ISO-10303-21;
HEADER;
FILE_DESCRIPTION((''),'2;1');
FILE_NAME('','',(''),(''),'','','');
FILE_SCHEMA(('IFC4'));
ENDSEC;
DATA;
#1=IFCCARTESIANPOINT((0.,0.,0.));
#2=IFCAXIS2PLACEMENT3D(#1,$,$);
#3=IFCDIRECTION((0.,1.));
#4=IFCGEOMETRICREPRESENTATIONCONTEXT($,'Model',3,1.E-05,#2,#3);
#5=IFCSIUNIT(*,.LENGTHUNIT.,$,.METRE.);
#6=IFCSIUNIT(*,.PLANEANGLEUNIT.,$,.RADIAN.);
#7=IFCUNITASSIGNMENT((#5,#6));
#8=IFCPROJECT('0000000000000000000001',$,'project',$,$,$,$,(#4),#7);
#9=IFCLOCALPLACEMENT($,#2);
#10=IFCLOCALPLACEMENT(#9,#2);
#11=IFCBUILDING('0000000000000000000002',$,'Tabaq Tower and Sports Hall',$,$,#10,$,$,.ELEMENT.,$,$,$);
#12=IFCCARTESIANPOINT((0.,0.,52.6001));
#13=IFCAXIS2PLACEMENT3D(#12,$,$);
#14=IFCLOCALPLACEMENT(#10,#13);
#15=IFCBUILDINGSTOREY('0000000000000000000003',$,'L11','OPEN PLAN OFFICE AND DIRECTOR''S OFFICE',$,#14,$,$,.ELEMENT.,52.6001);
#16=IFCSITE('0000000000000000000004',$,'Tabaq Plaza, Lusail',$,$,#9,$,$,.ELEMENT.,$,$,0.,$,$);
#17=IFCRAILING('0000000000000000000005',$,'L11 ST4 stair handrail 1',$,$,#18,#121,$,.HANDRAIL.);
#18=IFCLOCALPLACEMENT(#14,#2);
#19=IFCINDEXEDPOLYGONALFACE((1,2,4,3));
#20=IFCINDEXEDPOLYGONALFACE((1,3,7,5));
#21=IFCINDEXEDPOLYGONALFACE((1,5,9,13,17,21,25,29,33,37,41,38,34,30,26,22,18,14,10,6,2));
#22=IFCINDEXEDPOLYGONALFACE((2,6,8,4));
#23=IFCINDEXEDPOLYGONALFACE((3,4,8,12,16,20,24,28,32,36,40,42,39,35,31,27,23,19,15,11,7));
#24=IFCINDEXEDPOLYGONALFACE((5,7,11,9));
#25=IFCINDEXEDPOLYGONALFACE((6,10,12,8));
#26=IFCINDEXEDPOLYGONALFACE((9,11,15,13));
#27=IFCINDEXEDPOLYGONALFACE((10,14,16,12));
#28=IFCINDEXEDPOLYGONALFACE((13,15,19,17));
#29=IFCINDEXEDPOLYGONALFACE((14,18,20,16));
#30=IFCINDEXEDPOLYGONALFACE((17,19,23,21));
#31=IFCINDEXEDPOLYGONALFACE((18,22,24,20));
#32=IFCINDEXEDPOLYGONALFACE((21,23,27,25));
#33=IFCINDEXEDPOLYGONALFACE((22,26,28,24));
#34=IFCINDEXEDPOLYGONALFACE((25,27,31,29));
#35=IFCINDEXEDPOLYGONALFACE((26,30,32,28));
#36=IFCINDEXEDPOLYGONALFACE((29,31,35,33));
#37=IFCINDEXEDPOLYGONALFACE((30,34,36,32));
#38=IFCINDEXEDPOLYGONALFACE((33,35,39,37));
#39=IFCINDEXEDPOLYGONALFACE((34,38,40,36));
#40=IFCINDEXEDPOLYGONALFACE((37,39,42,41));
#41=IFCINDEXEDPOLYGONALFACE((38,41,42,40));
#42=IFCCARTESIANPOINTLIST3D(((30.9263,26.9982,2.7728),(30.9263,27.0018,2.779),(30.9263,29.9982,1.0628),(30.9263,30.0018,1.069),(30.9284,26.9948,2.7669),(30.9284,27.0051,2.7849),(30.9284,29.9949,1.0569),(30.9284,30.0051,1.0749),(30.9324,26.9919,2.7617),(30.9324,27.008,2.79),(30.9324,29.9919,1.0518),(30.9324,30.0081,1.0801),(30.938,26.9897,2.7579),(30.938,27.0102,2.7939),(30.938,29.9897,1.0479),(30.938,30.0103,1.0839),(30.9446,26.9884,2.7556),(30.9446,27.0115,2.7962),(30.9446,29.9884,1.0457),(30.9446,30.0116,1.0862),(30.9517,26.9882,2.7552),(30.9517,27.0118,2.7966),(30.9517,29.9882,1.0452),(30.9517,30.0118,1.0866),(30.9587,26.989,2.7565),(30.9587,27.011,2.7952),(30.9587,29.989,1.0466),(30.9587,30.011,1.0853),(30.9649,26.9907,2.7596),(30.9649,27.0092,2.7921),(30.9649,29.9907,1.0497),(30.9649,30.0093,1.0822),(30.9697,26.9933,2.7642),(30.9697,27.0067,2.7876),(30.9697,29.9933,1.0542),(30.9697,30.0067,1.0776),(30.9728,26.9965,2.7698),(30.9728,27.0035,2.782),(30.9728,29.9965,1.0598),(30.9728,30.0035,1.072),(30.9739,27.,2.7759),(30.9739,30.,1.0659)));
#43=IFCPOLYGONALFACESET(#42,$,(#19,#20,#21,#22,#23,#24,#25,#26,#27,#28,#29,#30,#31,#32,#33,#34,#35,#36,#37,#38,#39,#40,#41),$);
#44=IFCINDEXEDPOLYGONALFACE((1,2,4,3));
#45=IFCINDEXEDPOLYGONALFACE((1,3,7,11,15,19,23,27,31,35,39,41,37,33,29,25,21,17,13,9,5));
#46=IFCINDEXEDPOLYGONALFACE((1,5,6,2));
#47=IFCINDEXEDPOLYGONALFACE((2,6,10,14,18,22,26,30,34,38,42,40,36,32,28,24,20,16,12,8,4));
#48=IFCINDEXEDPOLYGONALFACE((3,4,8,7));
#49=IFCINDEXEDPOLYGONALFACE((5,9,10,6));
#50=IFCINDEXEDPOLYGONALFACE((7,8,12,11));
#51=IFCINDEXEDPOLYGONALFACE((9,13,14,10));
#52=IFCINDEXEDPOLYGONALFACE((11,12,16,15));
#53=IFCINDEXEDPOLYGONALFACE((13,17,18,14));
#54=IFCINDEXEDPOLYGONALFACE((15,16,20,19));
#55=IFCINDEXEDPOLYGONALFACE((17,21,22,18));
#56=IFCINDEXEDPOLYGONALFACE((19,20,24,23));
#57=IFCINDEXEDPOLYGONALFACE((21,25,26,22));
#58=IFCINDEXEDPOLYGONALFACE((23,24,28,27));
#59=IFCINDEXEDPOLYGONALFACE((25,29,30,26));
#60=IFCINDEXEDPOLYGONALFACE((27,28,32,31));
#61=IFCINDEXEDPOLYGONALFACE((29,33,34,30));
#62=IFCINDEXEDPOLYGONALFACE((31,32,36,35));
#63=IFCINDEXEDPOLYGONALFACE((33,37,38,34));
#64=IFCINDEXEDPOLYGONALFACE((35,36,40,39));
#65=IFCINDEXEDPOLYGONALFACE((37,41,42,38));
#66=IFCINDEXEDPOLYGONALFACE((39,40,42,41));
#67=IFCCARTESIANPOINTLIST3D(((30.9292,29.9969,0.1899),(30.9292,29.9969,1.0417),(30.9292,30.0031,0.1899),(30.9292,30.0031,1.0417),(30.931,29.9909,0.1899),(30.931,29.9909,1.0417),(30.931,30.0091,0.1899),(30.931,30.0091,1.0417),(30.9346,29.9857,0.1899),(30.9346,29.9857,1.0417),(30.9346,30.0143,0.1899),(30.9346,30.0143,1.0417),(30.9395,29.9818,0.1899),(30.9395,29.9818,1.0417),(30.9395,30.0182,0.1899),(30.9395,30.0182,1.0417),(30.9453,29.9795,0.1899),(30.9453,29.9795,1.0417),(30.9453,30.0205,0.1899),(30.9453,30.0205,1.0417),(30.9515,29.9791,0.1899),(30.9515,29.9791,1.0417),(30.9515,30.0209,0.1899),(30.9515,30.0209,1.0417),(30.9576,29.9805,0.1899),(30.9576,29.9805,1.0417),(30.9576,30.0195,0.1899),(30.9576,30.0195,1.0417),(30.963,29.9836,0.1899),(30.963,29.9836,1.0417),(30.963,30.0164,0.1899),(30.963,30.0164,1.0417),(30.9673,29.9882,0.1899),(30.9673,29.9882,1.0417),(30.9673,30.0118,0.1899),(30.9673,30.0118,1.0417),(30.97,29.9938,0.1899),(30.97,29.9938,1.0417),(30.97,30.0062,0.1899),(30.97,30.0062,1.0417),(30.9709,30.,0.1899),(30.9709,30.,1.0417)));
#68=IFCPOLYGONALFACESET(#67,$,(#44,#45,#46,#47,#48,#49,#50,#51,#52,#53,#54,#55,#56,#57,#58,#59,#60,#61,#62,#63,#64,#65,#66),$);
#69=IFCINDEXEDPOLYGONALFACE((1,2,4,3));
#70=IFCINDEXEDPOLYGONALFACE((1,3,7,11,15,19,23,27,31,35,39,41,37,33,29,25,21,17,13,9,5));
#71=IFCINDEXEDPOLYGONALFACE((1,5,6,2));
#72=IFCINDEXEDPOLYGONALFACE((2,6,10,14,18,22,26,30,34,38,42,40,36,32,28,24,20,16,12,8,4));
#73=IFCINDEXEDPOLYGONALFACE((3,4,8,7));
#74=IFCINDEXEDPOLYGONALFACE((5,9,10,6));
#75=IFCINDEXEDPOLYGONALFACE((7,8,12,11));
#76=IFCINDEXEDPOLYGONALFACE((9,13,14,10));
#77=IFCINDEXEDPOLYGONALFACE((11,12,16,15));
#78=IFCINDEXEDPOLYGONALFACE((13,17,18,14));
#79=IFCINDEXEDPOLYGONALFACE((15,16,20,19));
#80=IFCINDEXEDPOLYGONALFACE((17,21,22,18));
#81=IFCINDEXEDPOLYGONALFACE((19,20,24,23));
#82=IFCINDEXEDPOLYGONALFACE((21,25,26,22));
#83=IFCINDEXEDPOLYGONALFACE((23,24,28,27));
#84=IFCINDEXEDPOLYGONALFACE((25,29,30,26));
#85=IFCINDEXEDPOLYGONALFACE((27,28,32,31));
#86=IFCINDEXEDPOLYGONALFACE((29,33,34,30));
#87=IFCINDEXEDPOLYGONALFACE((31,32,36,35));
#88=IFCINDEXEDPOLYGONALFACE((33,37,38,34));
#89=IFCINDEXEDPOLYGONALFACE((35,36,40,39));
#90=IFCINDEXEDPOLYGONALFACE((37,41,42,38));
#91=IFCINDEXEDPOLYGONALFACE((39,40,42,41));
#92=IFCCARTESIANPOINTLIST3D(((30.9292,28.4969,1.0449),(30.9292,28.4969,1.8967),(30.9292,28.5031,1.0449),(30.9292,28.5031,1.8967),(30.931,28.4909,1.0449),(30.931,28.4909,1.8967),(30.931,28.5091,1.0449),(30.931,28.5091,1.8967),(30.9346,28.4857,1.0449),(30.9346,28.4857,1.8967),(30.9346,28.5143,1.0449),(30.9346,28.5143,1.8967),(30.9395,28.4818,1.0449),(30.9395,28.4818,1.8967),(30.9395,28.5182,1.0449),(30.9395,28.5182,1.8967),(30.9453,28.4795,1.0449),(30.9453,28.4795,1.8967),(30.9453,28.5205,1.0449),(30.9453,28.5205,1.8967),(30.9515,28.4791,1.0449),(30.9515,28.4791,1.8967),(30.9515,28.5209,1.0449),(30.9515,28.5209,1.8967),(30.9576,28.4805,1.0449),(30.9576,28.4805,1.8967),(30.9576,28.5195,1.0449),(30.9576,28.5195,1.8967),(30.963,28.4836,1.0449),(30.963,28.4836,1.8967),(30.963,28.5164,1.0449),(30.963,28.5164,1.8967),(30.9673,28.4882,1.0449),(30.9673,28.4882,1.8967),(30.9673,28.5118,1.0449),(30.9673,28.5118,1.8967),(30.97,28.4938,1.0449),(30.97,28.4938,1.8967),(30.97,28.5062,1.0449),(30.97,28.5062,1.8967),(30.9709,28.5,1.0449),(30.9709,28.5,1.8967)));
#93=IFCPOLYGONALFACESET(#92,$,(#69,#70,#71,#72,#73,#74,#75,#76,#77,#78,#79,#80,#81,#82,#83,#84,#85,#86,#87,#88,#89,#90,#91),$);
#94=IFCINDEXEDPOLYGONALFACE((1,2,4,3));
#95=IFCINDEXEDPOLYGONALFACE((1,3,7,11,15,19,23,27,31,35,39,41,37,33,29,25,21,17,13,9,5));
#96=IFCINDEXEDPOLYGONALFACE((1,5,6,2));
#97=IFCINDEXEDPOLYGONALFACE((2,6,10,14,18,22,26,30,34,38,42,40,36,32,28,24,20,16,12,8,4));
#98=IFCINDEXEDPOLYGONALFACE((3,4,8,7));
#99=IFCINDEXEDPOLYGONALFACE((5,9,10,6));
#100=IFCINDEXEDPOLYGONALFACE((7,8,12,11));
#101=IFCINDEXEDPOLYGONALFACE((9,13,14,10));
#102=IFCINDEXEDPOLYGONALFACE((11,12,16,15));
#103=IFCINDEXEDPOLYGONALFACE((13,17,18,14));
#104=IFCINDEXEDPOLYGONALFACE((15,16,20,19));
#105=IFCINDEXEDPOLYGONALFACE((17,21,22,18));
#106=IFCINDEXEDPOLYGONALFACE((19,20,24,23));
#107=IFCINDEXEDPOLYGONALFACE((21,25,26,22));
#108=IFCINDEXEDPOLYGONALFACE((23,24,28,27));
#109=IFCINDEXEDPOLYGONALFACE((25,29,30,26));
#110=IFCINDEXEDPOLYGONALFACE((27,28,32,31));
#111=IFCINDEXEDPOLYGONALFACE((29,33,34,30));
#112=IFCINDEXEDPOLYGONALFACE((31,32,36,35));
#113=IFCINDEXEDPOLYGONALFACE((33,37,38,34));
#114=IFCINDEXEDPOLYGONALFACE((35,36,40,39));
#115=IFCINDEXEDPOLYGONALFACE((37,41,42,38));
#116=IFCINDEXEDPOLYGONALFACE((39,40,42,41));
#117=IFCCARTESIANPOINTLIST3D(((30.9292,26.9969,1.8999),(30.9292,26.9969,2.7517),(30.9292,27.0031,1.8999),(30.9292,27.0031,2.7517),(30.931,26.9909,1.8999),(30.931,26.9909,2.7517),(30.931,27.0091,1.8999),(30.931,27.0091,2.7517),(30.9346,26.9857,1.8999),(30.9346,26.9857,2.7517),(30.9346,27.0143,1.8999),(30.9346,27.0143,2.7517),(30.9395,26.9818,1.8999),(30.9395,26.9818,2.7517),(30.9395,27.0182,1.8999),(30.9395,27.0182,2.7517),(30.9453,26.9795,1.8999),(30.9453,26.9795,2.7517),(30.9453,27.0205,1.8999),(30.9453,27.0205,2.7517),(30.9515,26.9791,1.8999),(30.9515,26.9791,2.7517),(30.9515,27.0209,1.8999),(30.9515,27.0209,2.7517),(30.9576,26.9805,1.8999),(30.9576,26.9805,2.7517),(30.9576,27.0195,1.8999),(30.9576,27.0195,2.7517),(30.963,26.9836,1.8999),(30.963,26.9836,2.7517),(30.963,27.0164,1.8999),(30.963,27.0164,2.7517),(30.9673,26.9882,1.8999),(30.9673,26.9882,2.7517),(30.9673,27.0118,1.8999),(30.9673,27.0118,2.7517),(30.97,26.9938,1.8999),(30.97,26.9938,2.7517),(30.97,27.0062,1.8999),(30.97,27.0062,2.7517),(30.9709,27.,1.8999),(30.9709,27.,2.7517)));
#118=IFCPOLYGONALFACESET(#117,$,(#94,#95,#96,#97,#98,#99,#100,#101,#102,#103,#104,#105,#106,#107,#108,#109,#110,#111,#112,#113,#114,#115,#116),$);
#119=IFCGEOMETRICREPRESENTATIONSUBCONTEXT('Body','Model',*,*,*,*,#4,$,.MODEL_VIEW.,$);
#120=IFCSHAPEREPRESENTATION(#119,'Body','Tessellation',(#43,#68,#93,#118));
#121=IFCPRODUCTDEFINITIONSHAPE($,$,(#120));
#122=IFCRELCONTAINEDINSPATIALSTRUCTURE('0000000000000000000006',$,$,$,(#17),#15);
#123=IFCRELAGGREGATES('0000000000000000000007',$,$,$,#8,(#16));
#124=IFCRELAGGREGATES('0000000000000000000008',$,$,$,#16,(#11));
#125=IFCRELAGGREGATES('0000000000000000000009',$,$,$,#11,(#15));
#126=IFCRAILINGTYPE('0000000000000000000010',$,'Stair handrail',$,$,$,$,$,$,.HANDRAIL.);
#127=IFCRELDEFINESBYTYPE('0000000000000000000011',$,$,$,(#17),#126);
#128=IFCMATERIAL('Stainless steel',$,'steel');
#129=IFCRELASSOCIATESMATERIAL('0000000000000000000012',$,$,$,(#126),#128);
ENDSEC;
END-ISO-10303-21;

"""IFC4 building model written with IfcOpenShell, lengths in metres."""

from ifc_helpers import new_model, si_unit, direction, frame, origin, origin_2d, place, context, subcontext, project, spatial, circle, extrude, material, type_object, element, save


model = new_model("IFC4")

# Units and contexts
model_context = context("Model", 3, precision=1e-05, world=origin(), true_north=direction((0.0, 1.0)))
body_context = subcontext(model_context, "Body", "Model", "MODEL_VIEW")
ifc_project = project(units=[si_unit("LENGTHUNIT", "METRE"), si_unit("PLANEANGLEUNIT", "RADIAN")], contexts=[model_context])

# Site, building, storey
site_placement = place(None, origin())
site = spatial("IfcSite", under=ifc_project, at=site_placement, Name="Tabaq Plaza, Lusail", CompositionType="ELEMENT", RefElevation=0.0)
building_placement = place(site_placement, origin())
building = spatial("IfcBuilding", under=site, at=building_placement, Name="Tabaq Tower and Sports Hall", CompositionType="ELEMENT")
storey_placement = place(building_placement, frame((0.0, 0.0, 52.6001)))
storey = spatial("IfcBuildingStorey", under=building, at=storey_placement, Name="L11", Description="OPEN PLAN OFFICE AND DIRECTOR'S OFFICE", CompositionType="ELEMENT", Elevation=52.6001)

# Railing
ifc_material_1 = material(Name="Stainless steel", Category="steel")
railing_type_1 = type_object("IfcRailingType", Name="Stair handrail", PredefinedType="HANDRAIL", material=ifc_material_1)
railing_1_placement = place(storey_placement, frame((30.95, 30.0, 0.1899)))
element("IfcRailing", 1, at=railing_1_placement, inside=storey, type_object=railing_type_1, Name="L11 ST4 stair handrail 1", PredefinedType="HANDRAIL", context=body_context, shape_type="SweptSolid", body=[
    extrude(circle(Radius=0.0239, at=origin_2d()), frame((0.0, 0.0, 0.876), z_axis=(0.0, -0.868782, 0.495195), x_axis=(1.0, 0.0, 0.0)), (0.0, 0.0, 1.0), 3.4531),
    extrude(circle(Radius=0.021, at=origin_2d()), origin(), (0.0, 0.0, 1.0), 0.8518),
    extrude(circle(Radius=0.021, at=origin_2d()), frame((0.0, -1.5, 0.855)), (0.0, 0.0, 1.0), 0.8518),
    extrude(circle(Radius=0.021, at=origin_2d()), frame((0.0, -3.0, 1.71)), (0.0, 0.0, 1.0), 0.8518),
])

save(model, "model.ifc")
